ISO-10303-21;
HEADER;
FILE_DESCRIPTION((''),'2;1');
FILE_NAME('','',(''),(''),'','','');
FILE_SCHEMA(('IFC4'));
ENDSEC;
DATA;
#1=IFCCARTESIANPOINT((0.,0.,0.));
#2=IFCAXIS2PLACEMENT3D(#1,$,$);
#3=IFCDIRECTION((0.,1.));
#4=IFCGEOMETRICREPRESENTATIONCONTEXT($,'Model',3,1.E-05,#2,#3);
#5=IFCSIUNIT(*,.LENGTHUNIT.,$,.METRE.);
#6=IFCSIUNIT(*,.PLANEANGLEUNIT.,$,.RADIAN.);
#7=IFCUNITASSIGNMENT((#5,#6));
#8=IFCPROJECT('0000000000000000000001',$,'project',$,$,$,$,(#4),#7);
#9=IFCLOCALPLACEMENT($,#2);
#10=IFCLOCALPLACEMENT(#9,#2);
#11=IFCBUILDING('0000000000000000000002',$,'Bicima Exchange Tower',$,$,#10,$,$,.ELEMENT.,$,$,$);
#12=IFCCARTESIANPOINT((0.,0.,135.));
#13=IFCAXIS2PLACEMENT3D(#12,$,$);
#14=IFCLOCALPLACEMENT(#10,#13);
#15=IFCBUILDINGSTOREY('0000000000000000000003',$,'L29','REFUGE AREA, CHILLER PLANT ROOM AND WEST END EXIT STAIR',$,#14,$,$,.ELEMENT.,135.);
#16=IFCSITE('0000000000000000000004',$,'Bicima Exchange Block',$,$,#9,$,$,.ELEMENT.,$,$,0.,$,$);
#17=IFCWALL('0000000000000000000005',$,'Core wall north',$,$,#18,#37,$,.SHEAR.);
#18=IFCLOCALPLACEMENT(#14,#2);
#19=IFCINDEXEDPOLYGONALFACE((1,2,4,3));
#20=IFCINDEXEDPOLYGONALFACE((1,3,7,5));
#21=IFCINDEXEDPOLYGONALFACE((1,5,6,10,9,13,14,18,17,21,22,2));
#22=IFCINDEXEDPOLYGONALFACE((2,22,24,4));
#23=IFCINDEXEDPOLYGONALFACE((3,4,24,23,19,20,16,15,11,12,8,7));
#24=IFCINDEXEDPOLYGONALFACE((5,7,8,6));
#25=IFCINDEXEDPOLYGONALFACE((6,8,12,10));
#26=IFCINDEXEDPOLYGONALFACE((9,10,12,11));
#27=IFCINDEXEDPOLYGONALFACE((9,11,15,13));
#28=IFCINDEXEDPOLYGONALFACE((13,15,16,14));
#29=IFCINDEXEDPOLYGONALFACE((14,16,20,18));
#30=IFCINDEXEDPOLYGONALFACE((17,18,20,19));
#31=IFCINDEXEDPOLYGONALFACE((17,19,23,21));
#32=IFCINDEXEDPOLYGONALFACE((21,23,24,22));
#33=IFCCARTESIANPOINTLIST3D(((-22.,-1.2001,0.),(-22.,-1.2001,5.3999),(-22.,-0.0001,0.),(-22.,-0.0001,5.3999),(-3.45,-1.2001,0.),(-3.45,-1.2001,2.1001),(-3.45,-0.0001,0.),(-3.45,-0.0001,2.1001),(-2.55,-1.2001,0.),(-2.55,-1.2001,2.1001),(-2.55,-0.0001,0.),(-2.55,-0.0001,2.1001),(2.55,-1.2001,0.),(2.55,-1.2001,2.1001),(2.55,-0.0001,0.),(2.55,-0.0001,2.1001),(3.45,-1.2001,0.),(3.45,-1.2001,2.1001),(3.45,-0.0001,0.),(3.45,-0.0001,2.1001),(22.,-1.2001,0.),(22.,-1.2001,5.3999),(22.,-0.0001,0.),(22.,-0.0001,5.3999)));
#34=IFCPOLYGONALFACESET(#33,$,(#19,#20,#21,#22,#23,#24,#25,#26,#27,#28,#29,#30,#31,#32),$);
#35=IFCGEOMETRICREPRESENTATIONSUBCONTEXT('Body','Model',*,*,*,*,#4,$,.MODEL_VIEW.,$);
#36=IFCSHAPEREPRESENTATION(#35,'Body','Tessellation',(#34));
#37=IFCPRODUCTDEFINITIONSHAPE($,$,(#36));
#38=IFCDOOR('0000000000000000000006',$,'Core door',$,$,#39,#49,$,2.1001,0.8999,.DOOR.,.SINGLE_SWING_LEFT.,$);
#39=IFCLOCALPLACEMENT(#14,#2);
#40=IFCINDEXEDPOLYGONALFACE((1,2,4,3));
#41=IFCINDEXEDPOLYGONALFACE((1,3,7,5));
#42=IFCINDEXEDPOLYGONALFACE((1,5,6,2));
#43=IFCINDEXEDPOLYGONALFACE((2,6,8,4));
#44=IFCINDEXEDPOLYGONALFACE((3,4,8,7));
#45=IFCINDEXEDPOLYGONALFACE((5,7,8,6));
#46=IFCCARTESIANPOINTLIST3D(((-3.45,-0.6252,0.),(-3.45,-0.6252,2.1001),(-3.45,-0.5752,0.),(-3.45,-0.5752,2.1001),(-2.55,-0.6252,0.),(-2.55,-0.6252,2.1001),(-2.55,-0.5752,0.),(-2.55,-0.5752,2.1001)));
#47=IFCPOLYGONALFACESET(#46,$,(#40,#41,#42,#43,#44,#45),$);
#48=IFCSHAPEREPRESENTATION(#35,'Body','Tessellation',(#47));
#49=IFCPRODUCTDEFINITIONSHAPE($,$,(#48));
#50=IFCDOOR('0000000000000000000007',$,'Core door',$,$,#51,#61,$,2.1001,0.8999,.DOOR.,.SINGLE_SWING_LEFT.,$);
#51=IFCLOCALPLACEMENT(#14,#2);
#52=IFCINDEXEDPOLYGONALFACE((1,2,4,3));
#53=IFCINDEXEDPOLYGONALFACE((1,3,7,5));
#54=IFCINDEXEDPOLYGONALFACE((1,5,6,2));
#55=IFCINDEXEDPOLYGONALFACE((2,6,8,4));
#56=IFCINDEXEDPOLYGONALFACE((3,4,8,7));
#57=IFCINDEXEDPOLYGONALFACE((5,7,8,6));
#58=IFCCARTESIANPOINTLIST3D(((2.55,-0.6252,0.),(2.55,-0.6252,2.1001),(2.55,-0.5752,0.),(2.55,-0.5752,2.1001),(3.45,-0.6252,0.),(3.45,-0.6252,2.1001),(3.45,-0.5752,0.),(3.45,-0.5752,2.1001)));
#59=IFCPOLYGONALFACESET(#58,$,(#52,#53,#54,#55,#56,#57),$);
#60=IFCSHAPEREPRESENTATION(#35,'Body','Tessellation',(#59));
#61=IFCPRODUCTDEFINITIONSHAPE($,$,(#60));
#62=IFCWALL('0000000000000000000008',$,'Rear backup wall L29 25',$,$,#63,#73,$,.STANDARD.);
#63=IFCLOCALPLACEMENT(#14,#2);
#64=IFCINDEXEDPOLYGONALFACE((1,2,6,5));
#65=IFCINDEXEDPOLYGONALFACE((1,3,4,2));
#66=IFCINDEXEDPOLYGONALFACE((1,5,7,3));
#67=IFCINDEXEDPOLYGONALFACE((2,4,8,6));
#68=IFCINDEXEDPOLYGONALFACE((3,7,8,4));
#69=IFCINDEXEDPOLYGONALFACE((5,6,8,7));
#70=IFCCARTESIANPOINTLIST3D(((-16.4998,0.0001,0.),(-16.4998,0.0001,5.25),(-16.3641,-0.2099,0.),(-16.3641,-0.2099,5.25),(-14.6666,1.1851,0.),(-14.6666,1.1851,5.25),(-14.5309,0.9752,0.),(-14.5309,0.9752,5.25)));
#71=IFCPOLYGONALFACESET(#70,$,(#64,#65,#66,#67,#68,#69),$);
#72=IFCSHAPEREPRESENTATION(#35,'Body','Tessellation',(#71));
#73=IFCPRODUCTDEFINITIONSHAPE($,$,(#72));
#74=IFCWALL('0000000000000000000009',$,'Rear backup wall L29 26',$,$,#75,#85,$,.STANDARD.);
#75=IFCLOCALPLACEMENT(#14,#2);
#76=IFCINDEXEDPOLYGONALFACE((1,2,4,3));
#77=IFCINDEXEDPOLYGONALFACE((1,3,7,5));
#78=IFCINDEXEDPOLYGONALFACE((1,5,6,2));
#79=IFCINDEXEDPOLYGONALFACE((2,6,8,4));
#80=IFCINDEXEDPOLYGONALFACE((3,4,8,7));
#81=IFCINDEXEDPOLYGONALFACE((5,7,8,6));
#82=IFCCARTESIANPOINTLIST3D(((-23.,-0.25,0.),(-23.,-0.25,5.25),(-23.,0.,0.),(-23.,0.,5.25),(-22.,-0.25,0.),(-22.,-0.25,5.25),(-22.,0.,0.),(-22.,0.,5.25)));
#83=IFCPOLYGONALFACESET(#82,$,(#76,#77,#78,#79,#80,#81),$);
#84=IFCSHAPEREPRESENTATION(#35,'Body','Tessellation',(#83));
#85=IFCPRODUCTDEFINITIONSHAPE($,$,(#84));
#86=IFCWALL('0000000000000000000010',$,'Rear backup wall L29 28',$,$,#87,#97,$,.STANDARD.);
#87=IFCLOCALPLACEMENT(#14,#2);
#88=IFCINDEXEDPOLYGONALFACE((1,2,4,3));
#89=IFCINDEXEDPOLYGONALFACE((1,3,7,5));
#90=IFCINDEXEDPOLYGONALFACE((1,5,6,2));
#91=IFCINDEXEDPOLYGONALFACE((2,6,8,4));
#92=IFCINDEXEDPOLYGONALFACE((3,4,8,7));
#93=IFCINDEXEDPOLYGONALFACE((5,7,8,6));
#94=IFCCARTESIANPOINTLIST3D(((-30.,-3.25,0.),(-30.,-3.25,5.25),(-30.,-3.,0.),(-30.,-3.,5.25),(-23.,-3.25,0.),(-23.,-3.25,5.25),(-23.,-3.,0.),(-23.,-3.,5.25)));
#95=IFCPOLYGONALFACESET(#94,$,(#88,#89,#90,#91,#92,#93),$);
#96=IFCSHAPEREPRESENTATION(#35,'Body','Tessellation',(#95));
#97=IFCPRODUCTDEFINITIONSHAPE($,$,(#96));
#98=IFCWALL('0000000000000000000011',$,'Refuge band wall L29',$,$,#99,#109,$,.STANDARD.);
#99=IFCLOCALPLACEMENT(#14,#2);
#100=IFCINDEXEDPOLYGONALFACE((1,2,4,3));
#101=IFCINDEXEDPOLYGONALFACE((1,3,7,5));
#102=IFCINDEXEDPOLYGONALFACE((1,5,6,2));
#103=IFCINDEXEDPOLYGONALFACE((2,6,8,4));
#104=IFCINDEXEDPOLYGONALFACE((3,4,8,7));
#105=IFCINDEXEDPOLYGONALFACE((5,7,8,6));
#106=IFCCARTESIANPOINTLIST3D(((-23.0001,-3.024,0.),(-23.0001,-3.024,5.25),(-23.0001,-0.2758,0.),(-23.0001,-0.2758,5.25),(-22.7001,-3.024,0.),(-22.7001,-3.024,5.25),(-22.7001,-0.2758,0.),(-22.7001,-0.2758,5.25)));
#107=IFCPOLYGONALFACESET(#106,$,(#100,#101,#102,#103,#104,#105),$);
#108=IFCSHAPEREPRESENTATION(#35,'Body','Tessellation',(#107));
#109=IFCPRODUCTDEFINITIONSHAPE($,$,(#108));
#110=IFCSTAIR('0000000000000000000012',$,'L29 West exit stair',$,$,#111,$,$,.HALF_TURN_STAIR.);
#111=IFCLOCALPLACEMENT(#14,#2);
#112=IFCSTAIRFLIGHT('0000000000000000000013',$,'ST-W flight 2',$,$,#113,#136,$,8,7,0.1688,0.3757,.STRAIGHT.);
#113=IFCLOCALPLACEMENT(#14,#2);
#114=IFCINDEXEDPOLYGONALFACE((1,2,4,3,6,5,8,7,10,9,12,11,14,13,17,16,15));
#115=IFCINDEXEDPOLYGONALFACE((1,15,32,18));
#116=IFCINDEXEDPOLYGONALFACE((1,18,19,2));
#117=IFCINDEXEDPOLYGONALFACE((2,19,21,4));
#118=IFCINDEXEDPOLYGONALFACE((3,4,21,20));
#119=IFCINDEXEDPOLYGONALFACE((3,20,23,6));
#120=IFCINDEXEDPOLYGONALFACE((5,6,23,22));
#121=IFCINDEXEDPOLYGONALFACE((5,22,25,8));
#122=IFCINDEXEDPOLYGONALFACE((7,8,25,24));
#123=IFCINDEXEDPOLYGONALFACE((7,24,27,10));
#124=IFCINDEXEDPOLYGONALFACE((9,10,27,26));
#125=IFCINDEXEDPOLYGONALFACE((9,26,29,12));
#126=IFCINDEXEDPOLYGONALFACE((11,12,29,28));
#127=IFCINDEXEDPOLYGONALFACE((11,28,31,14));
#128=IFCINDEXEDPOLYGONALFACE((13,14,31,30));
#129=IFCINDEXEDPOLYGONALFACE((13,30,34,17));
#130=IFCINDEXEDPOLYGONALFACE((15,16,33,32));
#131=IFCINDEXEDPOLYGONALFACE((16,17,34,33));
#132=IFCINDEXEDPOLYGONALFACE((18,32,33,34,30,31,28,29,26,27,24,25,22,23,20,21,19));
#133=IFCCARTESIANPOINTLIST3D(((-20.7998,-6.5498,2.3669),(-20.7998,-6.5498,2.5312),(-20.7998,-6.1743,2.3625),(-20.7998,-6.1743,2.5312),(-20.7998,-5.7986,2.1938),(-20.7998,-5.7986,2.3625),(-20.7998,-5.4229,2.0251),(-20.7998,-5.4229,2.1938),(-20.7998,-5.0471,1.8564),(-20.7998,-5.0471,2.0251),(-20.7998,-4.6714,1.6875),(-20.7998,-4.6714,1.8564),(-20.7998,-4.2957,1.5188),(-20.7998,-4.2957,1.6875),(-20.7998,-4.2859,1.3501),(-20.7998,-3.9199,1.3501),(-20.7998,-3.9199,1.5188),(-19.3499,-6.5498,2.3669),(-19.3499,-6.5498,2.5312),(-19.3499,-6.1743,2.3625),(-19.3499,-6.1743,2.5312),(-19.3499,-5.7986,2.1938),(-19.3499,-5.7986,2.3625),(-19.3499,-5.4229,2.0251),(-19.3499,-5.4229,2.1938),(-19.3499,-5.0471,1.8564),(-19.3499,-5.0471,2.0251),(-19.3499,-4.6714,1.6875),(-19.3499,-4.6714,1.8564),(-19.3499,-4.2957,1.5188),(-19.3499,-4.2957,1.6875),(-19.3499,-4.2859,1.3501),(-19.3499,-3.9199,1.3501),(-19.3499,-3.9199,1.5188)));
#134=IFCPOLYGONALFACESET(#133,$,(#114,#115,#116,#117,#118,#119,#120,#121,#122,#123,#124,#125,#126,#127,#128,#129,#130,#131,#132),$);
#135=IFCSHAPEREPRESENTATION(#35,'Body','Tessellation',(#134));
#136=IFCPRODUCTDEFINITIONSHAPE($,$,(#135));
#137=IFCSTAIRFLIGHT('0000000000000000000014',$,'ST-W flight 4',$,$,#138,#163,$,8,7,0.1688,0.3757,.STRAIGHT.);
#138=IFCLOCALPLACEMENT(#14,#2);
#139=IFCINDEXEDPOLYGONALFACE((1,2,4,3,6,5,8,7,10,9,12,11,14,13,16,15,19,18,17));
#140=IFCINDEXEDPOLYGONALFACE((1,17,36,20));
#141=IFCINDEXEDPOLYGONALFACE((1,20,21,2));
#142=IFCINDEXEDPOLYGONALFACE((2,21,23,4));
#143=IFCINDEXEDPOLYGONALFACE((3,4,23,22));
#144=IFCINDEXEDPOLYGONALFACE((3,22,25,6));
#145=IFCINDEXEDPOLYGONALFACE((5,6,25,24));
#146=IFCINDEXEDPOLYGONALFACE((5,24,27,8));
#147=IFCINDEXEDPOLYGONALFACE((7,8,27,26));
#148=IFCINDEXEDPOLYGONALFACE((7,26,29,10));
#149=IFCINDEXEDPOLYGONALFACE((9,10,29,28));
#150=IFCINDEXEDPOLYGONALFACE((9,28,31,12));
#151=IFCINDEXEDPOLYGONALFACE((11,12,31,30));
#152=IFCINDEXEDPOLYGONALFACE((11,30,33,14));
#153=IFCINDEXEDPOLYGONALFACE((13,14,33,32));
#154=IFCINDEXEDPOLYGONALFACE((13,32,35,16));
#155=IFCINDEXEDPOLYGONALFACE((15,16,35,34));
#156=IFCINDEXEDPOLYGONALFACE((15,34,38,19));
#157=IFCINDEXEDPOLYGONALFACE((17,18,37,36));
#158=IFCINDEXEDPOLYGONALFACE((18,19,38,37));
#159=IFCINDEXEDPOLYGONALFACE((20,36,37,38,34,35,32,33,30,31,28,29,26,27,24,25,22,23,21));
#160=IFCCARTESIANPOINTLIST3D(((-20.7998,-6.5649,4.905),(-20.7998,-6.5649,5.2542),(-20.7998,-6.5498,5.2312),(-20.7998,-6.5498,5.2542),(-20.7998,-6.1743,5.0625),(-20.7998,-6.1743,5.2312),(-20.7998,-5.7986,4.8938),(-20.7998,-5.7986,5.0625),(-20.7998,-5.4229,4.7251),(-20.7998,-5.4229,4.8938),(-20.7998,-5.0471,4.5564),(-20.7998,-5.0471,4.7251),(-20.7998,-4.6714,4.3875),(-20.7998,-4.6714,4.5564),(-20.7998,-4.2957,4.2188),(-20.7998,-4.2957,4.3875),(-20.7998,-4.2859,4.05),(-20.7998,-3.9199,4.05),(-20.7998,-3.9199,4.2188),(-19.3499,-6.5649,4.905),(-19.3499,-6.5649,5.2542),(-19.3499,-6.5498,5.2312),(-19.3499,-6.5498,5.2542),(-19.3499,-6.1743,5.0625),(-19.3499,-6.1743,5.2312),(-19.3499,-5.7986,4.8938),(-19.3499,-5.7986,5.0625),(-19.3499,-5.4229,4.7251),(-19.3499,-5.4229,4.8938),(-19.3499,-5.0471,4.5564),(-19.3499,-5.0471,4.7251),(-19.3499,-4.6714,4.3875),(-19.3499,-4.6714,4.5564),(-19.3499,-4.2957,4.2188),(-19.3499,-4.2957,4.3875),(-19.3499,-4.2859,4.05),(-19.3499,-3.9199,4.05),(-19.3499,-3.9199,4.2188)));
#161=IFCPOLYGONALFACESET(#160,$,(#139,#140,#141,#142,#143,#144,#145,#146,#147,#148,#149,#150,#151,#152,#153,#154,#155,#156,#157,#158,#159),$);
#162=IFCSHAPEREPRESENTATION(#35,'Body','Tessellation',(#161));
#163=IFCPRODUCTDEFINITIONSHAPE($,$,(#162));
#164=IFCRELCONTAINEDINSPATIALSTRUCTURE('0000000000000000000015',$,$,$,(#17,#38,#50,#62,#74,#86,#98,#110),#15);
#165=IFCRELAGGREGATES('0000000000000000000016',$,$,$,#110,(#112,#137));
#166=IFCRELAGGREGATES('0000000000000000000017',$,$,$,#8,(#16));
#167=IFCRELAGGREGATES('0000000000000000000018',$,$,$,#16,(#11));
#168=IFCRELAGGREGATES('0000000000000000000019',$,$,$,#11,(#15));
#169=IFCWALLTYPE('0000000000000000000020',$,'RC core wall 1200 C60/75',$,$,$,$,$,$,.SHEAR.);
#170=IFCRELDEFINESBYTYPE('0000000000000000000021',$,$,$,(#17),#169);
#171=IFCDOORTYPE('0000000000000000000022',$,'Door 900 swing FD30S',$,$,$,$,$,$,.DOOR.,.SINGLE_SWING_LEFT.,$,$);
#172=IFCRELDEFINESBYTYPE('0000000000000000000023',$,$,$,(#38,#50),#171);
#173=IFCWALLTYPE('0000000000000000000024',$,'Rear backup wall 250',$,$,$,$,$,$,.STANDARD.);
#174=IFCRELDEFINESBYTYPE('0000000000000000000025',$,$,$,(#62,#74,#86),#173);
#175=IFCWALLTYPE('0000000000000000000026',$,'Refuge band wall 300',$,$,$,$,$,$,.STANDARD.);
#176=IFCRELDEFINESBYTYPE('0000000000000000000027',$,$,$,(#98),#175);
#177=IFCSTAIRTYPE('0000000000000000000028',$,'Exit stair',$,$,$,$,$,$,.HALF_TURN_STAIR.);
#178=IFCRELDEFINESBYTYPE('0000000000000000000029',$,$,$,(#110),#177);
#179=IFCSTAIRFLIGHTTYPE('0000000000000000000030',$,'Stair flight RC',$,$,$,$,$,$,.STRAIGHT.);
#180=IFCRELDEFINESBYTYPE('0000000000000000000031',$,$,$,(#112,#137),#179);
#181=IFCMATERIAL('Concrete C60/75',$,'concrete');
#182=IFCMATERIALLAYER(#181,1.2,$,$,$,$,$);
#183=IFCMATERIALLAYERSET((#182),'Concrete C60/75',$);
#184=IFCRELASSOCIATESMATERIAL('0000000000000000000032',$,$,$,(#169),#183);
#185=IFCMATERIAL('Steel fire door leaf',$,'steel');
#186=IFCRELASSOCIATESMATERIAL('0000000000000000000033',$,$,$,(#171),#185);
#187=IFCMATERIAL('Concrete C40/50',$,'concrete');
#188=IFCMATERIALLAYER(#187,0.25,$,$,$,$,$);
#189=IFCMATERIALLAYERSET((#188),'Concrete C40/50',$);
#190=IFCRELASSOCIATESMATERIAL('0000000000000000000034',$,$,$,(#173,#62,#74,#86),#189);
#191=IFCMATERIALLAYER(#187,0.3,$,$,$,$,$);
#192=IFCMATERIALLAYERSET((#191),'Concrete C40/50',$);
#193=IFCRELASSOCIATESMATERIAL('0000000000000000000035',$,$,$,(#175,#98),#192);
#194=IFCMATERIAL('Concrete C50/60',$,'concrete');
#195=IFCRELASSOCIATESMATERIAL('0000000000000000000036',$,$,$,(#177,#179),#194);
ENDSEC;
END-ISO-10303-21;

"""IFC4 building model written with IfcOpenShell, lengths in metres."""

from ifc_helpers import new_model, si_unit, direction, frame, frame_2d, origin, place, context, subcontext, project, spatial, polyline, rectangle, outline, extrude, material, layer, layer_set, layer_usage, type_object, element, fill, aggregate, save


model = new_model("IFC4")

# Units and contexts
model_context = context("Model", 3, precision=1e-05, world=origin(), true_north=direction((0.0, 1.0)))
body_context = subcontext(model_context, "Body", "Model", "MODEL_VIEW")
ifc_project = project(units=[si_unit("LENGTHUNIT", "METRE"), si_unit("PLANEANGLEUNIT", "RADIAN")], contexts=[model_context])

# Site, building, storey
site_placement = place(None, origin())
site = spatial("IfcSite", under=ifc_project, at=site_placement, Name="Bicima Exchange Block", CompositionType="ELEMENT", RefElevation=0.0)
building_placement = place(site_placement, origin())
building = spatial("IfcBuilding", under=site, at=building_placement, Name="Bicima Exchange Tower", CompositionType="ELEMENT")
storey_placement = place(building_placement, frame((0.0, 0.0, 135.0)))
storey = spatial("IfcBuildingStorey", under=building, at=storey_placement, Name="L29", Description="REFUGE AREA, CHILLER PLANT ROOM AND WEST END EXIT STAIR", CompositionType="ELEMENT", Elevation=135.0)

# Wall, openings, doors
ifc_material_1 = material(Name="Concrete C60/75", Category="concrete")
ifc_layer_1 = layer(ifc_material_1, 1.2)
ifc_layer_set_1 = layer_set([ifc_layer_1], Name="Concrete C60/75")
wall_type_1 = type_object("IfcWallType", Name="RC core wall 1200 C60/75", PredefinedType="SHEAR", material=ifc_layer_set_1)
wall_1_placement = place(storey_placement, frame((-22.0, -0.6001, 0.0), z_axis=(0.0, 0.0, 1.0), x_axis=(1.0, 0.0, 0.0)))
wall_1 = element("IfcWall", 1, at=wall_1_placement, inside=storey, type_object=wall_type_1, Name="Core wall north", PredefinedType="SHEAR", context=body_context, shape_type="SweptSolid", body=[
    extrude(rectangle(XDim=44.0, YDim=1.2, at=frame_2d((22.0, 0.0))), origin(), (0.0, 0.0, 1.0), 5.3999),
])
opening_1_placement = place(wall_1_placement, frame((18.55, 0.0, 0.0)))
opening_1 = element("IfcOpeningElement", 2, at=opening_1_placement, cuts=wall_1, PredefinedType="OPENING", context=body_context, shape_type="SweptSolid", body=[
    extrude(rectangle(XDim=0.8999, YDim=2.1001, at=frame_2d((0.45, 1.05))), frame((0.0, 0.6118, 0.0), z_axis=(0.0, -1.0, 0.0), x_axis=(1.0, 0.0, 0.0)), (0.0, 0.0, 1.0), 1.2239),
])
opening_2_placement = place(wall_1_placement, frame((24.55, 0.0, 0.0)))
opening_2 = element("IfcOpeningElement", 3, at=opening_2_placement, cuts=wall_1, PredefinedType="OPENING", context=body_context, shape_type="SweptSolid", body=[
    extrude(rectangle(XDim=0.8999, YDim=2.1001, at=frame_2d((0.45, 1.05))), frame((0.0, 0.6118, 0.0), z_axis=(0.0, -1.0, 0.0), x_axis=(1.0, 0.0, 0.0)), (0.0, 0.0, 1.0), 1.2239),
])
ifc_material_2 = material(Name="Steel fire door leaf", Category="steel")
door_type = type_object("IfcDoorType", Name="Door 900 swing FD30S", OperationType="SINGLE_SWING_LEFT", PredefinedType="DOOR", material=ifc_material_2)
door_1_placement = place(opening_1_placement, origin())
door_1 = element("IfcDoor", 4, at=door_1_placement, inside=storey, type_object=door_type, Name="Core door", OperationType="SINGLE_SWING_LEFT", OverallHeight=2.1001, OverallWidth=0.8999, PredefinedType="DOOR", context=body_context, shape_type="SweptSolid", body=[
    extrude(rectangle(XDim=0.8999, YDim=2.1001, at=frame_2d((0.45, 1.05))), frame((0.0, 0.0249, 0.0), z_axis=(0.0, -1.0, 0.0), x_axis=(1.0, 0.0, 0.0)), (0.0, 0.0, 1.0), 0.05),
])
fill(opening_1, door_1)
door_2_placement = place(opening_2_placement, origin())
door_2 = element("IfcDoor", 5, at=door_2_placement, inside=storey, type_object=door_type, Name="Core door", OperationType="SINGLE_SWING_LEFT", OverallHeight=2.1001, OverallWidth=0.8999, PredefinedType="DOOR", context=body_context, shape_type="SweptSolid", body=[
    extrude(rectangle(XDim=0.8999, YDim=2.1001, at=frame_2d((0.45, 1.05))), frame((0.0, 0.0249, 0.0), z_axis=(0.0, -1.0, 0.0), x_axis=(1.0, 0.0, 0.0)), (0.0, 0.0, 1.0), 0.05),
])
fill(opening_2, door_2)

# Walls
ifc_material_3 = material(Name="Concrete C40/50", Category="concrete")
ifc_layer_2 = layer(ifc_material_3, 0.25)
ifc_layer_set_2 = layer_set([ifc_layer_2], Name="Concrete C40/50")
ifc_layer_usage_1 = layer_usage(ifc_layer_set_2, "AXIS2", "POSITIVE", -0.125)
wall_type_2 = type_object("IfcWallType", Name="Rear backup wall 250", PredefinedType="STANDARD", material=ifc_layer_set_2)
wall_2_placement = place(storey_placement, frame((-14.5989, 1.0801, 0.0), z_axis=(0.0, 0.0, 1.0), x_axis=(-0.839813, -0.542876, 0.0)))
element("IfcWall", 6, at=wall_2_placement, inside=storey, type_object=wall_type_2, material=ifc_layer_usage_1, Name="Rear backup wall L29 25", PredefinedType="STANDARD", context=body_context, shape_type="SweptSolid", body=[
    extrude(rectangle(XDim=2.1829, YDim=0.25, at=frame_2d((1.0913, 0.0))), origin(), (0.0, 0.0, 1.0), 5.25),
])
wall_3_placement = place(storey_placement, frame((-22.0, -0.125, 0.0), z_axis=(0.0, 0.0, 1.0), x_axis=(-1.0, 0.0, 0.0)))
element("IfcWall", 7, at=wall_3_placement, inside=storey, type_object=wall_type_2, material=ifc_layer_usage_1, Name="Rear backup wall L29 26", PredefinedType="STANDARD", context=body_context, shape_type="SweptSolid", body=[
    extrude(rectangle(XDim=1.0, YDim=0.25, at=frame_2d((0.5, 0.0))), origin(), (0.0, 0.0, 1.0), 5.25),
])
wall_4_placement = place(storey_placement, frame((-23.0, -3.125, 0.0), z_axis=(0.0, 0.0, 1.0), x_axis=(-1.0, 0.0, 0.0)))
element("IfcWall", 8, at=wall_4_placement, inside=storey, type_object=wall_type_2, material=ifc_layer_usage_1, Name="Rear backup wall L29 28", PredefinedType="STANDARD", context=body_context, shape_type="SweptSolid", body=[
    extrude(rectangle(XDim=7.0, YDim=0.25, at=frame_2d((3.5, 0.0))), origin(), (0.0, 0.0, 1.0), 5.25),
])
ifc_layer_3 = layer(ifc_material_3, 0.3)
ifc_layer_set_3 = layer_set([ifc_layer_3], Name="Concrete C40/50")
ifc_layer_usage_2 = layer_usage(ifc_layer_set_3, "AXIS2", "POSITIVE", -0.15)
wall_type_3 = type_object("IfcWallType", Name="Refuge band wall 300", PredefinedType="STANDARD", material=ifc_layer_set_3)
wall_5_placement = place(storey_placement, frame((-22.8501, -0.2759, 0.0), z_axis=(0.0, 0.0, 1.0), x_axis=(0.0, -1.0, 0.0)))
element("IfcWall", 9, at=wall_5_placement, inside=storey, type_object=wall_type_3, material=ifc_layer_usage_2, Name="Refuge band wall L29", PredefinedType="STANDARD", context=body_context, shape_type="SweptSolid", body=[
    extrude(rectangle(XDim=2.7483, YDim=0.3, at=frame_2d((1.374, 0.0))), origin(), (0.0, 0.0, 1.0), 5.25),
])

# Stair, stair flights
ifc_material_4 = material(Name="Concrete C50/60", Category="concrete")
stair_type = type_object("IfcStairType", Name="Exit stair", PredefinedType="HALF_TURN_STAIR", material=ifc_material_4)
stair_placement = place(storey_placement, origin())
stair = element("IfcStair", 10, at=stair_placement, inside=storey, type_object=stair_type, Name="L29 West exit stair", PredefinedType="HALF_TURN_STAIR")
stair_flight_type = type_object("IfcStairFlightType", Name="Stair flight RC", PredefinedType="STRAIGHT", material=ifc_material_4)
stair_flight_1_placement = place(storey_placement, frame((-20.075, -3.9199, 1.3501), z_axis=(0.0, 0.0, 1.0), x_axis=(0.0, -1.0, 0.0)))
stair_flight_1 = element("IfcStairFlight", 11, at=stair_flight_1_placement, type_object=stair_flight_type, Name="ST-W flight 2", NumberOfRisers=8, NumberOfTreads=7, PredefinedType="STRAIGHT", RiserHeight=0.1688, TreadLength=0.3757, context=body_context, shape_type="SweptSolid", body=[
    extrude(outline(polyline([(0.0, 0.0), (0.0, 0.1687), (0.3757, 0.1687), (0.3757, 0.3374), (0.7515, 0.3374), (0.7515, 0.5063), (1.1272, 0.5063), (1.1272, 0.675), (1.5029, 0.675), (1.5029, 0.8438), (1.8787, 0.8438), (1.8787, 1.0125), (2.2544, 1.0125), (2.2544, 1.1812), (2.6299, 1.1812), (2.6299, 1.3501), (2.6299, 1.0168), (0.366, 0.0), (0.0, 0.0)])), frame((0.0, 0.7251, 0.0), z_axis=(0.0, -1.0, 0.0), x_axis=(1.0, 0.0, 0.0)), (0.0, 0.0, 1.0), 1.45),
])
stair_flight_2_placement = place(storey_placement, frame((-20.075, -3.9199, 4.05), z_axis=(0.0, 0.0, 1.0), x_axis=(0.0, -1.0, 0.0)))
stair_flight_2 = element("IfcStairFlight", 12, at=stair_flight_2_placement, type_object=stair_flight_type, Name="ST-W flight 4", NumberOfRisers=8, NumberOfTreads=7, PredefinedType="STRAIGHT", RiserHeight=0.1688, TreadLength=0.3757, context=body_context, shape_type="SweptSolid", body=[
    extrude(outline(polyline([(0.0, 0.0), (0.0, 0.1687), (0.3757, 0.1687), (0.3757, 0.3374), (0.7515, 0.3374), (0.7515, 0.5063), (1.1272, 0.5063), (1.1272, 0.675), (1.5029, 0.675), (1.5029, 0.8438), (1.8787, 0.8438), (1.8787, 1.0125), (2.2544, 1.0125), (2.2544, 1.1812), (2.6299, 1.1812), (2.6299, 1.2041), (2.645, 1.2041), (2.645, 0.855), (0.366, 0.0), (0.0, 0.0)])), frame((0.0, 0.7251, 0.0), z_axis=(0.0, -1.0, 0.0), x_axis=(1.0, 0.0, 0.0)), (0.0, 0.0, 1.0), 1.45),
])
aggregate(stair, [stair_flight_1, stair_flight_2])

save(model, "model.ifc")
